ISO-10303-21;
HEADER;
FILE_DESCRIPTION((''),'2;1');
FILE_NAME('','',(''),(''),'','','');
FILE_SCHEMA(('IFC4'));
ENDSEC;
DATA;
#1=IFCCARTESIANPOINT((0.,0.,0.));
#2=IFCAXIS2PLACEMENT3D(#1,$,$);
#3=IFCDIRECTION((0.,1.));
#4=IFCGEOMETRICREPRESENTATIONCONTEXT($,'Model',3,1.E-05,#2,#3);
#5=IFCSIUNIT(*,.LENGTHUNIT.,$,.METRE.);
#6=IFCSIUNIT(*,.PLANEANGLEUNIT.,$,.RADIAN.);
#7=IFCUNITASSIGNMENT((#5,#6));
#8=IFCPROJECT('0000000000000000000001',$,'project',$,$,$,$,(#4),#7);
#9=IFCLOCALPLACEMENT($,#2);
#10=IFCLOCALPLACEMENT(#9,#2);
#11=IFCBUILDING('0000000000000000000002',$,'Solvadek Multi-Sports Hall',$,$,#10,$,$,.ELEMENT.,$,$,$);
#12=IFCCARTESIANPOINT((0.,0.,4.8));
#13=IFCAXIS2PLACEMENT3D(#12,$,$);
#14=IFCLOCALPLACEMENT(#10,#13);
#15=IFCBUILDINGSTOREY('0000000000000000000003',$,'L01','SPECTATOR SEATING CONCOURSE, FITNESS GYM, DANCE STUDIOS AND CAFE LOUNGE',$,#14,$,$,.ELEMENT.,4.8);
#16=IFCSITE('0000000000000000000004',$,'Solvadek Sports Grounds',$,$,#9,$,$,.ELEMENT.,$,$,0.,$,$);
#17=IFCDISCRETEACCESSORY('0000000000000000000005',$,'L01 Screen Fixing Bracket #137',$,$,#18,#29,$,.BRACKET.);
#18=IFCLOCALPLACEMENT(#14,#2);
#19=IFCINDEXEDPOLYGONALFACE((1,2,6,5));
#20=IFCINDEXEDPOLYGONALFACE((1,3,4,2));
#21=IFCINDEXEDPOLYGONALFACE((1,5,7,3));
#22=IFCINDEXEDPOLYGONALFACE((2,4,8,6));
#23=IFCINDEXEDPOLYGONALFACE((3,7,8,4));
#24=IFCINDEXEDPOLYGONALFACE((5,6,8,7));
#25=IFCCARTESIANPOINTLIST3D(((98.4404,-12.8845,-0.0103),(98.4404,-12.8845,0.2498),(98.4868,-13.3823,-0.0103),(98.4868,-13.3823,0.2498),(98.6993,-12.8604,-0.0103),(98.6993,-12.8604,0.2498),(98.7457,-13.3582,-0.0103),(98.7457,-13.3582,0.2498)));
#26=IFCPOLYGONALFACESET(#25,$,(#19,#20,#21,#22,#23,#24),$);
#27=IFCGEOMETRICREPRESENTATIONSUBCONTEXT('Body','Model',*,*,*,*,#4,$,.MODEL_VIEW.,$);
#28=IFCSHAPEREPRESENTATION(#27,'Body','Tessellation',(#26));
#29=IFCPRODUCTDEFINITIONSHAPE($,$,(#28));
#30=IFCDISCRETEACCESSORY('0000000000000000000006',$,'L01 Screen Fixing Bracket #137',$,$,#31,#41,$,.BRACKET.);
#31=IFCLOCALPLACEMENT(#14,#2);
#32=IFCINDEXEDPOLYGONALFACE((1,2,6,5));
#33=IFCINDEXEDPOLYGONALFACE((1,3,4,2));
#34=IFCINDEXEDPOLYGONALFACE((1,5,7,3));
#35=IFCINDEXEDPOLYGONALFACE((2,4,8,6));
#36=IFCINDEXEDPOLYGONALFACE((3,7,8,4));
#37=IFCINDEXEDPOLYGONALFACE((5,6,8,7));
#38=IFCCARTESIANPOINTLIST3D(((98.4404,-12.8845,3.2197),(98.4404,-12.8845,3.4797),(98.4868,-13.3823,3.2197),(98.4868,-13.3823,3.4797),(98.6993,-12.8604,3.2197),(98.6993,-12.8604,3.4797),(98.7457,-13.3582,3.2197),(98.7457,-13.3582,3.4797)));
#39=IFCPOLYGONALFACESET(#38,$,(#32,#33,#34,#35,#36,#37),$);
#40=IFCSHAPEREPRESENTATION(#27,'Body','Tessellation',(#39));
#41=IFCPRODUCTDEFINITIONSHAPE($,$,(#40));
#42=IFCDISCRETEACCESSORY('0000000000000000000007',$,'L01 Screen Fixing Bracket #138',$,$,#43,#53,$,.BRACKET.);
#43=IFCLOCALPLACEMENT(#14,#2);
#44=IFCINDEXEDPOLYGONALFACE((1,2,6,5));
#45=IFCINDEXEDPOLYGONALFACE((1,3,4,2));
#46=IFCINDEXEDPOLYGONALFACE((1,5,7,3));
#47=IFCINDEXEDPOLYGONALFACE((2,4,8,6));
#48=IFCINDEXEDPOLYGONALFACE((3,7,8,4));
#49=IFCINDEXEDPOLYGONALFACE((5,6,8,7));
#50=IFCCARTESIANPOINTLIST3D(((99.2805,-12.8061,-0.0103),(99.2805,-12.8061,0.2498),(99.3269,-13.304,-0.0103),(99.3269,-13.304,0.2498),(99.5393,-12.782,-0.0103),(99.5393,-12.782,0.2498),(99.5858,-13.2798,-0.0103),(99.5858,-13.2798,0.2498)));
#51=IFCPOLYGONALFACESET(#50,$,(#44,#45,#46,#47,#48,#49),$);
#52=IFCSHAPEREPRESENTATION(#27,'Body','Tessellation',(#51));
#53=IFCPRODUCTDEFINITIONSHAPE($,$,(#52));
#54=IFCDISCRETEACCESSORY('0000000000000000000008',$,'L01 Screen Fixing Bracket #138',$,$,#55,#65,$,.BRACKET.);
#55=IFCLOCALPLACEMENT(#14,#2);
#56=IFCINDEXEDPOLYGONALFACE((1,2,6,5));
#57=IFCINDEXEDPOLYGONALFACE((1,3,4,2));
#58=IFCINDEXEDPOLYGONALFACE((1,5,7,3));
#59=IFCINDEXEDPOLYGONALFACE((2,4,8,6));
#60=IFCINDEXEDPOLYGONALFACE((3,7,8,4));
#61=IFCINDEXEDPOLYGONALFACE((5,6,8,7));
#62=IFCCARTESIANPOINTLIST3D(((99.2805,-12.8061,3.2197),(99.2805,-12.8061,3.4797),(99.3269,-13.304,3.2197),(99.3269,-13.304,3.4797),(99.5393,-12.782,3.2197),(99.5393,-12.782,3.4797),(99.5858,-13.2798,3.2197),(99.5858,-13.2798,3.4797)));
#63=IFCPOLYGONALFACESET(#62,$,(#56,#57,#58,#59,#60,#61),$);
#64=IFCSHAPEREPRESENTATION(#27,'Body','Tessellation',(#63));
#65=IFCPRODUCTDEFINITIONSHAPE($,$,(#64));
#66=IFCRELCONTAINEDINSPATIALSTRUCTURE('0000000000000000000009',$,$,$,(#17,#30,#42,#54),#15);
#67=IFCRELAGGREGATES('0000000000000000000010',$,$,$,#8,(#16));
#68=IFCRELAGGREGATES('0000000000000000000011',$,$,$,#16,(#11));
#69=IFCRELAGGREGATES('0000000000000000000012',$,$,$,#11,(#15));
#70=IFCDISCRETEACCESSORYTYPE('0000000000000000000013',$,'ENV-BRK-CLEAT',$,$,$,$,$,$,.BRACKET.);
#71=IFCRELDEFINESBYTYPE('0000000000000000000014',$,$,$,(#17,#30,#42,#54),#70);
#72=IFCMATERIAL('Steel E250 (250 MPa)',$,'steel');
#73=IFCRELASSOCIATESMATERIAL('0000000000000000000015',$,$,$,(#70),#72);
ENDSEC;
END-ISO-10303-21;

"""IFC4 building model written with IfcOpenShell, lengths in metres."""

from ifc_helpers import new_model, si_unit, direction, frame, origin, origin_2d, place, context, subcontext, project, spatial, rectangle, extrude, material, type_object, element, save


model = new_model("IFC4")

# Units and contexts
model_context = context("Model", 3, precision=1e-05, world=origin(), true_north=direction((0.0, 1.0)))
body_context = subcontext(model_context, "Body", "Model", "MODEL_VIEW")
ifc_project = project(units=[si_unit("LENGTHUNIT", "METRE"), si_unit("PLANEANGLEUNIT", "RADIAN")], contexts=[model_context])

# Site, building, storey
site_placement = place(None, origin())
site = spatial("IfcSite", under=ifc_project, at=site_placement, Name="Solvadek Sports Grounds", CompositionType="ELEMENT", RefElevation=0.0)
building_placement = place(site_placement, origin())
building = spatial("IfcBuilding", under=site, at=building_placement, Name="Solvadek Multi-Sports Hall", CompositionType="ELEMENT")
storey_placement = place(building_placement, frame((0.0, 0.0, 4.8)))
storey = spatial("IfcBuildingStorey", under=building, at=storey_placement, Name="L01", Description="SPECTATOR SEATING CONCOURSE, FITNESS GYM, DANCE STUDIOS AND CAFE LOUNGE", CompositionType="ELEMENT", Elevation=4.8)

# Discrete accessories
ifc_material_1 = material(Name="Steel E250 (250 MPa)", Category="steel")
discrete_accessory_type = type_object("IfcDiscreteAccessoryType", Name="ENV-BRK-CLEAT", PredefinedType="BRACKET", material=ifc_material_1)
for number, where, z_axis, x_axis, name in (
    (1, (98.593, -13.1213, -0.0103), (0.0, 0.0, 1.0), (0.995684, 0.092812, 0.0), "L01 Screen Fixing Bracket #137"),
    (2, (98.593, -13.1213, 3.2197), (0.0, 0.0, 1.0), (0.995684, 0.092812, 0.0), "L01 Screen Fixing Bracket #137"),
    (3, (99.4331, -13.043, -0.0103), (0.0, 0.0, 1.0), (0.995684, 0.092812, 0.0), "L01 Screen Fixing Bracket #138"),
    (4, (99.4331, -13.043, 3.2197), (0.0, 0.0, 1.0), (0.995684, 0.092812, 0.0), "L01 Screen Fixing Bracket #138"),
):
    element("IfcDiscreteAccessory", number, at=place(storey_placement, frame(where, z_axis=z_axis, x_axis=x_axis)), inside=storey, type_object=discrete_accessory_type, Name=name, PredefinedType="BRACKET", context=body_context, shape_type="SweptSolid", body=[
        extrude(rectangle(XDim=0.26, YDim=0.5, at=origin_2d()), origin(), (0.0, 0.0, 1.0), 0.26),
    ])

save(model, "model.ifc")
